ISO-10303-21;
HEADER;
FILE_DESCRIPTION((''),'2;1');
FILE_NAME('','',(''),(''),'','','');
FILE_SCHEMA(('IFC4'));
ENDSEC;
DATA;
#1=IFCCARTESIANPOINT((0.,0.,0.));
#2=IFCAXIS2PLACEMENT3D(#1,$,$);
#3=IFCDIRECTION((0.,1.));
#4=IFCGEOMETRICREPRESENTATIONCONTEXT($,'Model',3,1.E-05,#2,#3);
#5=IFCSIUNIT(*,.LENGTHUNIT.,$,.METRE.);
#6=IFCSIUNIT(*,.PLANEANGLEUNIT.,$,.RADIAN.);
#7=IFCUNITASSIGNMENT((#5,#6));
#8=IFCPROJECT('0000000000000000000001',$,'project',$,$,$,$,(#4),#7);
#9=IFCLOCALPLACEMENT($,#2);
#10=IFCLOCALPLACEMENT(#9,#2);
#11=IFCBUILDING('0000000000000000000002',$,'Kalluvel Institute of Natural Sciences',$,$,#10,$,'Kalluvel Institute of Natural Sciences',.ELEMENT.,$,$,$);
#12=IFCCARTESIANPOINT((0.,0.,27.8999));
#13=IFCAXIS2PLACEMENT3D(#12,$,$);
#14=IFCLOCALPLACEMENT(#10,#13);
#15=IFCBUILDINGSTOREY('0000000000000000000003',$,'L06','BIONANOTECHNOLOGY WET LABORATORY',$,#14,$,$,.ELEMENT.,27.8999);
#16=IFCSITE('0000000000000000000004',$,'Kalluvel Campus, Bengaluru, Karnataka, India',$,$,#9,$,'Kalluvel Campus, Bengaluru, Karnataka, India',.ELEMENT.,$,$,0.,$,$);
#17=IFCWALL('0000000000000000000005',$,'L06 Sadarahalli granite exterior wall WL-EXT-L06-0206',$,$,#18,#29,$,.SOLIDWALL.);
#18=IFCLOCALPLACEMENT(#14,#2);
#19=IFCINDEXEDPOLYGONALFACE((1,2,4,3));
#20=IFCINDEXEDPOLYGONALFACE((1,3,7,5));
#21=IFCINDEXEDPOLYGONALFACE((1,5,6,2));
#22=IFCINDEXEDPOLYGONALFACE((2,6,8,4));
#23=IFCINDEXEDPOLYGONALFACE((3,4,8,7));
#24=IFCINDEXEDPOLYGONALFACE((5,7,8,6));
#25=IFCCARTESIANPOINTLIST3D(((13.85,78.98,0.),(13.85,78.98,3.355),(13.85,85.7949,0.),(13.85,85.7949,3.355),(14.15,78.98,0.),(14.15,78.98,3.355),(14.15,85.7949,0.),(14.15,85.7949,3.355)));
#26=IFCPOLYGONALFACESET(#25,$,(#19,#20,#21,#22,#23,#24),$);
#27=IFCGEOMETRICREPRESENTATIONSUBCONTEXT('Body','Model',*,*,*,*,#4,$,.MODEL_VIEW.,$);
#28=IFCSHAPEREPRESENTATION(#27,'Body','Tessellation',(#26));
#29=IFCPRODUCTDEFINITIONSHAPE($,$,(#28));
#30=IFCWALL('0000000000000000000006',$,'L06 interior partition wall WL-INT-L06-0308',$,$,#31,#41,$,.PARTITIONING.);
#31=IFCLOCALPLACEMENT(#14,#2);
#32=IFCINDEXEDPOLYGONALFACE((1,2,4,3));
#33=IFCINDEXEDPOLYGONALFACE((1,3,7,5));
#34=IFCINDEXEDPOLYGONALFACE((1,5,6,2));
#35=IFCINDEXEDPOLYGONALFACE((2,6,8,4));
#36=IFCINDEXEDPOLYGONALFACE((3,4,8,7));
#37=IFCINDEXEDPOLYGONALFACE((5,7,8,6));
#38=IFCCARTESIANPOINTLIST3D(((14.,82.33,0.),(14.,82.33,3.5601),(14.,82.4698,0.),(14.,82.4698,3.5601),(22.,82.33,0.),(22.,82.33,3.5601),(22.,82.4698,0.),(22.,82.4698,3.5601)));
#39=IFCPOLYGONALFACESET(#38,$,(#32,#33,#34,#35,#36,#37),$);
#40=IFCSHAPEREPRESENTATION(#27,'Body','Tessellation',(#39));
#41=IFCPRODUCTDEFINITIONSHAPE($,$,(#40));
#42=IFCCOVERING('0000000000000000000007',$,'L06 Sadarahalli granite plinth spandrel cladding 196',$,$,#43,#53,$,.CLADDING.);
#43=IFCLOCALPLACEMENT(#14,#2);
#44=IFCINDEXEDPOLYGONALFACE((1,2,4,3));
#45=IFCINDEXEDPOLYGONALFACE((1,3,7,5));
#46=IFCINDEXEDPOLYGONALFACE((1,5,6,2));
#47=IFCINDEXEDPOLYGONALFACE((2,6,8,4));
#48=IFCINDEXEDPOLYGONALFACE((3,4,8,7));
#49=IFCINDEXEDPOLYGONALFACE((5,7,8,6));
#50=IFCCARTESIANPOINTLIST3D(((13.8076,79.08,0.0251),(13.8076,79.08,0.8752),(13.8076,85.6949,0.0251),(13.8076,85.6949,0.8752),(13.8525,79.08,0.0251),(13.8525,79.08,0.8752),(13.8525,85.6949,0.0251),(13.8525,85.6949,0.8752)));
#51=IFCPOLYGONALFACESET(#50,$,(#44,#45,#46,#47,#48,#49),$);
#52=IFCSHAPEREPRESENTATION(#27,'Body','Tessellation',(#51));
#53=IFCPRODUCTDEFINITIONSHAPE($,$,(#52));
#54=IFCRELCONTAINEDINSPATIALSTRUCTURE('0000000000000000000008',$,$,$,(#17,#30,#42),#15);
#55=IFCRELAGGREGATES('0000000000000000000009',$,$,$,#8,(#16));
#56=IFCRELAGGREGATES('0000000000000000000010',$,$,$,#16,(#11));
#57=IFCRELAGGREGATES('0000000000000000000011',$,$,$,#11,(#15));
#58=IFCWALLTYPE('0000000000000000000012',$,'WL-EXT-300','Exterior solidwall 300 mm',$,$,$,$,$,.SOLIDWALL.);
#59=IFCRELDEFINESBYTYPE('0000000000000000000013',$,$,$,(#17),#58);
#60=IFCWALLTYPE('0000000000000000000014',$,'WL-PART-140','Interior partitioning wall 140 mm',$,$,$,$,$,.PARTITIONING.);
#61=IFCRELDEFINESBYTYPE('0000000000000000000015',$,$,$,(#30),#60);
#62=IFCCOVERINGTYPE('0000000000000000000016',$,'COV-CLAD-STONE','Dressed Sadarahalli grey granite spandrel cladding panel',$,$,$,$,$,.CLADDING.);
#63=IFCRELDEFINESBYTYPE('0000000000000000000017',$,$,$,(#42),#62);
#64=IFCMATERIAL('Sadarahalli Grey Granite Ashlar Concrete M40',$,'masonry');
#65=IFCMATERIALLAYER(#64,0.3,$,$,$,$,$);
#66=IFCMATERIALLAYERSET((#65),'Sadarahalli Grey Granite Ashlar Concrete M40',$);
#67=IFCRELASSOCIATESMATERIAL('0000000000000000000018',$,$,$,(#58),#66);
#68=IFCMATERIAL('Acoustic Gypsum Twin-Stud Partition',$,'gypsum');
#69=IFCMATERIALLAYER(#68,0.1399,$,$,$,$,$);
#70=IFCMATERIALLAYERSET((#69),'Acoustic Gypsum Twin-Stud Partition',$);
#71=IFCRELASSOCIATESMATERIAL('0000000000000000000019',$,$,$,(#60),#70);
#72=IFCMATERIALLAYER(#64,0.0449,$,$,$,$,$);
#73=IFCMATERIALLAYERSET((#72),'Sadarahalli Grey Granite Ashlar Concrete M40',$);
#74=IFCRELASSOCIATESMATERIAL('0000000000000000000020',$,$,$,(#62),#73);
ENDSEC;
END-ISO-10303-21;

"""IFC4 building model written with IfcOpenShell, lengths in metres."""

from ifc_helpers import new_model, si_unit, direction, frame, frame_2d, origin, origin_2d, place, context, subcontext, project, spatial, rectangle, extrude, material, layer, layer_set, type_object, element, save


model = new_model("IFC4")

# Units and contexts
model_context = context("Model", 3, precision=1e-05, world=origin(), true_north=direction((0.0, 1.0)))
body_context = subcontext(model_context, "Body", "Model", "MODEL_VIEW")
ifc_project = project(units=[si_unit("LENGTHUNIT", "METRE"), si_unit("PLANEANGLEUNIT", "RADIAN")], contexts=[model_context])

# Site, building, storey
site_placement = place(None, origin())
site = spatial("IfcSite", under=ifc_project, at=site_placement, Name="Kalluvel Campus, Bengaluru, Karnataka, India", LongName="Kalluvel Campus, Bengaluru, Karnataka, India", CompositionType="ELEMENT", RefElevation=0.0)
building_placement = place(site_placement, origin())
building = spatial("IfcBuilding", under=site, at=building_placement, Name="Kalluvel Institute of Natural Sciences", LongName="Kalluvel Institute of Natural Sciences", CompositionType="ELEMENT")
storey_placement = place(building_placement, frame((0.0, 0.0, 27.8999)))
storey = spatial("IfcBuildingStorey", under=building, at=storey_placement, Name="L06", Description="BIONANOTECHNOLOGY WET LABORATORY", CompositionType="ELEMENT", Elevation=27.8999)

# Walls
ifc_material_1 = material(Name="Sadarahalli Grey Granite Ashlar Concrete M40", Category="masonry")
ifc_layer_1 = layer(ifc_material_1, 0.3)
ifc_layer_set_1 = layer_set([ifc_layer_1], Name="Sadarahalli Grey Granite Ashlar Concrete M40")
wall_type_1 = type_object("IfcWallType", Name="WL-EXT-300", Description="Exterior solidwall 300 mm", PredefinedType="SOLIDWALL", material=ifc_layer_set_1)
wall_1_placement = place(storey_placement, frame((14.0, 78.98, 0.0), z_axis=(0.0, 0.0, 1.0), x_axis=(0.0, 1.0, 0.0)))
element("IfcWall", 1, at=wall_1_placement, inside=storey, type_object=wall_type_1, Name="L06 Sadarahalli granite exterior wall WL-EXT-L06-0206", PredefinedType="SOLIDWALL", context=body_context, shape_type="SweptSolid", body=[
    extrude(rectangle(XDim=6.8149, YDim=0.3, at=frame_2d((3.4075, 0.0))), origin(), (0.0, 0.0, 1.0), 3.355),
])
ifc_material_2 = material(Name="Acoustic Gypsum Twin-Stud Partition", Category="gypsum")
ifc_layer_2 = layer(ifc_material_2, 0.1399)
ifc_layer_set_2 = layer_set([ifc_layer_2], Name="Acoustic Gypsum Twin-Stud Partition")
wall_type_2 = type_object("IfcWallType", Name="WL-PART-140", Description="Interior partitioning wall 140 mm", PredefinedType="PARTITIONING", material=ifc_layer_set_2)
wall_2_placement = place(storey_placement, frame((14.0, 82.3999, 0.0), z_axis=(0.0, 0.0, 1.0), x_axis=(1.0, 0.0, 0.0)))
element("IfcWall", 2, at=wall_2_placement, inside=storey, type_object=wall_type_2, Name="L06 interior partition wall WL-INT-L06-0308", PredefinedType="PARTITIONING", context=body_context, shape_type="SweptSolid", body=[
    extrude(rectangle(XDim=8.0, YDim=0.1399, at=frame_2d((4.0, 0.0))), origin(), (0.0, 0.0, 1.0), 3.5601),
])

# Covering
ifc_layer_3 = layer(ifc_material_1, 0.0449)
ifc_layer_set_3 = layer_set([ifc_layer_3], Name="Sadarahalli Grey Granite Ashlar Concrete M40")
covering_type = type_object("IfcCoveringType", Name="COV-CLAD-STONE", Description="Dressed Sadarahalli grey granite spandrel cladding panel", PredefinedType="CLADDING", material=ifc_layer_set_3)
covering_placement = place(storey_placement, frame((13.8301, 82.3875, 0.0251), z_axis=(0.0, 0.0, 1.0), x_axis=(0.0, 1.0, 0.0)))
element("IfcCovering", 3, at=covering_placement, inside=storey, type_object=covering_type, Name="L06 Sadarahalli granite plinth spandrel cladding 196", PredefinedType="CLADDING", context=body_context, shape_type="SweptSolid", body=[
    extrude(rectangle(XDim=6.615, YDim=0.0449, at=origin_2d()), origin(), (0.0, 0.0, 1.0), 0.8501),
])

save(model, "model.ifc")
